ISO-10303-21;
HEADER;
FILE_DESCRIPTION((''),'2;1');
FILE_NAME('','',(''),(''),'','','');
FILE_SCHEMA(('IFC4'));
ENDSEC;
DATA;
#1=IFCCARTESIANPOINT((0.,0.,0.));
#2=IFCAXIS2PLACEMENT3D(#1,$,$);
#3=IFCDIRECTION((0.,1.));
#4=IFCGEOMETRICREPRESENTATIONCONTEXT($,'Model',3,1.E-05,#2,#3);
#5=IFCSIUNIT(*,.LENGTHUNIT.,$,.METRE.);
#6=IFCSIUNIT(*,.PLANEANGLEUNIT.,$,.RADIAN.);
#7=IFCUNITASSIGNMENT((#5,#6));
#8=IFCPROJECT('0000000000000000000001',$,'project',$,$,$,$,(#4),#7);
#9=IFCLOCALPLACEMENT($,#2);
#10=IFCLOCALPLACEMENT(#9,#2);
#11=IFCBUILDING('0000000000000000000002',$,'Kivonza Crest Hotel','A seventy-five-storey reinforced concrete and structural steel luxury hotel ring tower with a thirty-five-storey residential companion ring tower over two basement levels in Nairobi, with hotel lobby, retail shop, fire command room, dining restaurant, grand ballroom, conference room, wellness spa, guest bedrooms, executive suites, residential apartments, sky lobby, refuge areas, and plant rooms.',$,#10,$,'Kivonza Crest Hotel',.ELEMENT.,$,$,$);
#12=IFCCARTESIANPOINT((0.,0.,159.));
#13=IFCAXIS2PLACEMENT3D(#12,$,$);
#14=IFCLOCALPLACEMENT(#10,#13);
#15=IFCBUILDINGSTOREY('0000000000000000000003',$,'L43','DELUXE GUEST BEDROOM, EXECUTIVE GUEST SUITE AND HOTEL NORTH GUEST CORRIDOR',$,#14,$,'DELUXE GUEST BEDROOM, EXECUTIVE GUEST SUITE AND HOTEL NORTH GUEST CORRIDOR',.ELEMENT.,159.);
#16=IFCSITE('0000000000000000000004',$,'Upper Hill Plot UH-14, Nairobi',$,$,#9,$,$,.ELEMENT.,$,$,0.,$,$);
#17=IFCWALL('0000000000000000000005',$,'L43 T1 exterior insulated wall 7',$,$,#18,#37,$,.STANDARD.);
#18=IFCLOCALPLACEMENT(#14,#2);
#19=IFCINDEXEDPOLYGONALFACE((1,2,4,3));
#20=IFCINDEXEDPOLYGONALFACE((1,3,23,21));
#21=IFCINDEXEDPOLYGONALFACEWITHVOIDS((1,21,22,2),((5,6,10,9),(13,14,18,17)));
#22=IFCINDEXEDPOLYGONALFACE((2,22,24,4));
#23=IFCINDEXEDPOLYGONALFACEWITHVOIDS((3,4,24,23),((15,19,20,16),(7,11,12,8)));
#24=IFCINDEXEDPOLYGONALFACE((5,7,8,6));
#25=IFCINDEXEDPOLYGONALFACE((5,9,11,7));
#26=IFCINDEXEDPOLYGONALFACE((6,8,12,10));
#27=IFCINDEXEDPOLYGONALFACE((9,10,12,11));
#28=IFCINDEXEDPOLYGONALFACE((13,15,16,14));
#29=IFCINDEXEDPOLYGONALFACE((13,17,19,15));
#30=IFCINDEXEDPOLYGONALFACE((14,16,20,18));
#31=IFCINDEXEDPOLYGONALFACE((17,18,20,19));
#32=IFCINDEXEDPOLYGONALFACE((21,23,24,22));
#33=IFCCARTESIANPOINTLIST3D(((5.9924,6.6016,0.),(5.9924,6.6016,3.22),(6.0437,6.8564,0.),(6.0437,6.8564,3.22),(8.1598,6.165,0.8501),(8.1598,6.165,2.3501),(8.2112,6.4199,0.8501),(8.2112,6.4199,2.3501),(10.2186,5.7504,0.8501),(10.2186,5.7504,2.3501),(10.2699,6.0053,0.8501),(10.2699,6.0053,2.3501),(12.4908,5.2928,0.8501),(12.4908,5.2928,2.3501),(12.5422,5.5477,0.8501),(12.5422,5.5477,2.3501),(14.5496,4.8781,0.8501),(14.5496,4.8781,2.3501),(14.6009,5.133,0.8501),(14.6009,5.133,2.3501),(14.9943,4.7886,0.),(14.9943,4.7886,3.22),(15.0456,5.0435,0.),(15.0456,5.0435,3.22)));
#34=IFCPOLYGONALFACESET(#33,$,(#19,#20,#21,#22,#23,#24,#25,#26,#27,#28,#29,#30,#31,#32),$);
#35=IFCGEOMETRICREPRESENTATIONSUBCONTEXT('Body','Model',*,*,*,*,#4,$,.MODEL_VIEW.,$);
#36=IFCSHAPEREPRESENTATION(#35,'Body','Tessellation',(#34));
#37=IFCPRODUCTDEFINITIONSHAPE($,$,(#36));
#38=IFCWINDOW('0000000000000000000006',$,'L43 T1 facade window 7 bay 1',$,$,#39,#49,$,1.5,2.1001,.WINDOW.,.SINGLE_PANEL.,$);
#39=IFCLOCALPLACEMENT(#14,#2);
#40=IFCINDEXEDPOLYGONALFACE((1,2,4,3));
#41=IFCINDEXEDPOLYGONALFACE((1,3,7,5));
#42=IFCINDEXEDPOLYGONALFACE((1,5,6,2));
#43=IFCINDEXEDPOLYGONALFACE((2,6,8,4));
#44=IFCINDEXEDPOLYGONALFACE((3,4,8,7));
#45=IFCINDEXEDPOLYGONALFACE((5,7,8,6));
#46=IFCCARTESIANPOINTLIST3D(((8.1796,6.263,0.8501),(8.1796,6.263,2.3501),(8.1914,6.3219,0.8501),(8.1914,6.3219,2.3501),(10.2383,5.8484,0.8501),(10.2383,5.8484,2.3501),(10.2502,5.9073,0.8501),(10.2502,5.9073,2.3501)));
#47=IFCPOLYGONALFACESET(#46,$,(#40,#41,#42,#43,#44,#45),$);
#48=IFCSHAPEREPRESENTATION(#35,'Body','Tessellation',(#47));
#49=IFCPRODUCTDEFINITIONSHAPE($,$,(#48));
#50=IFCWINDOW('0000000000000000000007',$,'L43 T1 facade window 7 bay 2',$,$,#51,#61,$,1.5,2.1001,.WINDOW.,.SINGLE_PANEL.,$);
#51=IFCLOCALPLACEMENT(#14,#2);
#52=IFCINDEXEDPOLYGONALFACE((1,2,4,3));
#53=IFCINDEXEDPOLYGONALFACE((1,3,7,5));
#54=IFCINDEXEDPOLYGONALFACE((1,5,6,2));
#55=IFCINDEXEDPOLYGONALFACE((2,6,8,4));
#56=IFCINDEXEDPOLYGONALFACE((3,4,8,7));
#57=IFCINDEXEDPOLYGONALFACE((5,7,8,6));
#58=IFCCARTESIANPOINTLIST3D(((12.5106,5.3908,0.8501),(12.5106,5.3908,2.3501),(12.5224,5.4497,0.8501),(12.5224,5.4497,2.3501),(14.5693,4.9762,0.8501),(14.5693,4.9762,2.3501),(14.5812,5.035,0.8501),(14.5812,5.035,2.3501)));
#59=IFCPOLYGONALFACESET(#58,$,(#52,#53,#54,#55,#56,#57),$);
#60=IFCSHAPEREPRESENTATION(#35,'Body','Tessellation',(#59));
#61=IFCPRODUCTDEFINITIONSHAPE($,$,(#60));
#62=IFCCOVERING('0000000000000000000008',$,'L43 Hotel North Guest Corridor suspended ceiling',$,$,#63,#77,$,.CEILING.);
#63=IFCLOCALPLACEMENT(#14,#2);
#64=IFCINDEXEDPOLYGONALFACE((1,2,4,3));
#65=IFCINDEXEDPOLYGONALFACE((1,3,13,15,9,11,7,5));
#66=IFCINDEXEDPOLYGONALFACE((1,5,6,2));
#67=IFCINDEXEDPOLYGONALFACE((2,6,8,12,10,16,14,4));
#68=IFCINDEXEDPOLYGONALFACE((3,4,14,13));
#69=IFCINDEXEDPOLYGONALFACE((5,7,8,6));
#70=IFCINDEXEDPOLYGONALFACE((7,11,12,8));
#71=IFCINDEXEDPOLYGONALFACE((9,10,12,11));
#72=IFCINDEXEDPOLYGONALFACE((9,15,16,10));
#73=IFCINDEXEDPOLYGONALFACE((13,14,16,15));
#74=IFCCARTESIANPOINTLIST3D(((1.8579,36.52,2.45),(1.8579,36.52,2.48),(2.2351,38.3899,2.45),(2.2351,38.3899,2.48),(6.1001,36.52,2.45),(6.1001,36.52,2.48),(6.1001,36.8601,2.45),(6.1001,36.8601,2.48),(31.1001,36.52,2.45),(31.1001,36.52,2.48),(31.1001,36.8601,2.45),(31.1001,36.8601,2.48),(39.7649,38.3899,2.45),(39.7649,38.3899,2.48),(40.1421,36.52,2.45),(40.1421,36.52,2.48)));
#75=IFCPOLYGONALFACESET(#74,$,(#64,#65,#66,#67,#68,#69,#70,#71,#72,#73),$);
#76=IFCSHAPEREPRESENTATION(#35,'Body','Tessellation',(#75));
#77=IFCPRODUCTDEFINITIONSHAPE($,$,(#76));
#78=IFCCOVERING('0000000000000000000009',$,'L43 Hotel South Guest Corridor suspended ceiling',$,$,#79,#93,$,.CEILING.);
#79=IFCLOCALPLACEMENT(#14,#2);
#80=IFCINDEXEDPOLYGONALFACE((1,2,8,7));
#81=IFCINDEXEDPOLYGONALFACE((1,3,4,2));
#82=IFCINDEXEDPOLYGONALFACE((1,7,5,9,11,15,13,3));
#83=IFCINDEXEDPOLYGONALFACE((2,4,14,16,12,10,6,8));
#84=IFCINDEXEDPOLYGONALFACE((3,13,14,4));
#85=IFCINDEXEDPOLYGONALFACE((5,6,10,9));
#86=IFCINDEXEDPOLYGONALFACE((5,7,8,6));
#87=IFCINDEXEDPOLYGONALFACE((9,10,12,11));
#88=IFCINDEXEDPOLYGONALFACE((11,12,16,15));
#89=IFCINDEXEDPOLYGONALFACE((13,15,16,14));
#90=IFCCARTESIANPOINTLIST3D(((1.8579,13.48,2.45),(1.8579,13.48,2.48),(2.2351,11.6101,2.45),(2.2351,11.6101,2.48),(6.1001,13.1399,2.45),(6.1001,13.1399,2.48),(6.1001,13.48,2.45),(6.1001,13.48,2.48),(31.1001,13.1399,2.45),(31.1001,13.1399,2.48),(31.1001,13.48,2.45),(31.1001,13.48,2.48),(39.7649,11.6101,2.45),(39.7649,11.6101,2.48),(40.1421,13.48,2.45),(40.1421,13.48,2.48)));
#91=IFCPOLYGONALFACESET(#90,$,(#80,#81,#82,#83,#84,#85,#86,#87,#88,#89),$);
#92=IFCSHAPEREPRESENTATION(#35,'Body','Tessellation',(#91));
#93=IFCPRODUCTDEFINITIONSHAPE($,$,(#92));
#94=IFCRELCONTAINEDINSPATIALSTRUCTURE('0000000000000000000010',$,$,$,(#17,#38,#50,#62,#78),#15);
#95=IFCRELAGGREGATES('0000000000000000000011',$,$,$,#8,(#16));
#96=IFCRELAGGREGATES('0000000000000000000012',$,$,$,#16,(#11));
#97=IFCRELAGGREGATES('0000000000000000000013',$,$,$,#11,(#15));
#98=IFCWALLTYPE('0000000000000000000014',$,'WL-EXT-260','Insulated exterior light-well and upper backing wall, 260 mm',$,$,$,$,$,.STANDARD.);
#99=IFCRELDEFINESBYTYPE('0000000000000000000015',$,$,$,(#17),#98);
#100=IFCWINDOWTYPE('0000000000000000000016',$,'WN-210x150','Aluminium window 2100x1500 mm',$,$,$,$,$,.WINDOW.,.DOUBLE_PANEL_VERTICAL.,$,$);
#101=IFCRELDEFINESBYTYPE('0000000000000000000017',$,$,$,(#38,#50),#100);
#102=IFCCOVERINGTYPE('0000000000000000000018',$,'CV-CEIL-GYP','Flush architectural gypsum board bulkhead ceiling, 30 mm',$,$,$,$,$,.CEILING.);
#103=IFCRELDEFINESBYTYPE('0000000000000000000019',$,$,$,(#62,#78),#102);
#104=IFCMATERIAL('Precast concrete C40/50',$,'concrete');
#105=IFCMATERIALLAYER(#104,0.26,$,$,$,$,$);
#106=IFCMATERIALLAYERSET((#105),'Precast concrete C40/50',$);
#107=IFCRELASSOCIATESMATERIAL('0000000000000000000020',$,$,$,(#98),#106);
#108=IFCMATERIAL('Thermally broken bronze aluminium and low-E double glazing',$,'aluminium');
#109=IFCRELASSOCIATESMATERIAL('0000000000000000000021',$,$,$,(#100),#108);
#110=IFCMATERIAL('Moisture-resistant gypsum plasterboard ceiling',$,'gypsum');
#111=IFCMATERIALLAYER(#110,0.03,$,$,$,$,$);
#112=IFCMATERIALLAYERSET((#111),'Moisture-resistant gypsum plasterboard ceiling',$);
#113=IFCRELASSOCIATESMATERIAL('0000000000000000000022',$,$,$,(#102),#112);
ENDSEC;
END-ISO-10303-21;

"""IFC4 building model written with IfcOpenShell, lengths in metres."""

from ifc_helpers import new_model, si_unit, direction, frame, frame_2d, origin, place, context, subcontext, project, spatial, polyline, rectangle, outline, extrude, material, layer, layer_set, type_object, element, fill, save


model = new_model("IFC4")

# Units and contexts
model_context = context("Model", 3, precision=1e-05, world=origin(), true_north=direction((0.0, 1.0)))
body_context = subcontext(model_context, "Body", "Model", "MODEL_VIEW")
ifc_project = project(units=[si_unit("LENGTHUNIT", "METRE"), si_unit("PLANEANGLEUNIT", "RADIAN")], contexts=[model_context])

# Site, building, storey
site_placement = place(None, origin())
site = spatial("IfcSite", under=ifc_project, at=site_placement, Name="Upper Hill Plot UH-14, Nairobi", CompositionType="ELEMENT", RefElevation=0.0)
building_placement = place(site_placement, origin())
building = spatial("IfcBuilding", under=site, at=building_placement, Name="Kivonza Crest Hotel", Description="A seventy-five-storey reinforced concrete and structural steel luxury hotel ring tower with a thirty-five-storey residential companion ring tower over two basement levels in Nairobi, with hotel lobby, retail shop, fire command room, dining restaurant, grand ballroom, conference room, wellness spa, guest bedrooms, executive suites, residential apartments, sky lobby, refuge areas, and plant rooms.", LongName="Kivonza Crest Hotel", CompositionType="ELEMENT")
storey_placement = place(building_placement, frame((0.0, 0.0, 159.0)))
storey = spatial("IfcBuildingStorey", under=building, at=storey_placement, Name="L43", Description="DELUXE GUEST BEDROOM, EXECUTIVE GUEST SUITE AND HOTEL NORTH GUEST CORRIDOR", LongName="DELUXE GUEST BEDROOM, EXECUTIVE GUEST SUITE AND HOTEL NORTH GUEST CORRIDOR", CompositionType="ELEMENT", Elevation=159.0)

# Shared definitions
ifc_material_1 = material(Name="Precast concrete C40/50", Category="concrete")
ifc_layer_1 = layer(ifc_material_1, 0.26)
ifc_layer_set_1 = layer_set([ifc_layer_1], Name="Precast concrete C40/50")
wall_type_1 = type_object("IfcWallType", Name="WL-EXT-260", Description="Insulated exterior light-well and upper backing wall, 260 mm", PredefinedType="STANDARD", material=ifc_layer_set_1)

# Shared definitions
ifc_material_2 = material(Name="Thermally broken bronze aluminium and low-E double glazing", Category="aluminium")

# Wall, openings, windows
wall_1_placement = place(storey_placement, frame((6.0181, 6.729, 0.0), z_axis=(0.0, 0.0, 1.0), x_axis=(0.980316, -0.197435, 0.0)))
wall_1 = element("IfcWall", 1, at=wall_1_placement, inside=storey, type_object=wall_type_1, Name="L43 T1 exterior insulated wall 7", PredefinedType="STANDARD", context=body_context, shape_type="SweptSolid", body=[
    extrude(rectangle(XDim=9.1826, YDim=0.26, at=frame_2d((4.5913, 0.0))), origin(), (0.0, 0.0, 1.0), 3.22),
])
opening_1_placement = place(wall_1_placement, frame((2.2109, 0.0, 0.8501)))
opening_1 = element("IfcOpeningElement", 2, at=opening_1_placement, cuts=wall_1, PredefinedType="OPENING", context=body_context, shape_type="SweptSolid", body=[
    extrude(rectangle(XDim=2.1001, YDim=1.5, at=frame_2d((1.05, 0.75))), frame((0.0, 0.1401, 0.0), z_axis=(0.0, -1.0, 0.0), x_axis=(1.0, 0.0, 0.0)), (0.0, 0.0, 1.0), 0.28),
])
opening_2_placement = place(wall_1_placement, frame((6.6289, 0.0, 0.8501)))
opening_2 = element("IfcOpeningElement", 3, at=opening_2_placement, cuts=wall_1, PredefinedType="OPENING", context=body_context, shape_type="SweptSolid", body=[
    extrude(rectangle(XDim=2.1001, YDim=1.5, at=frame_2d((1.05, 0.75))), frame((0.0, 0.1401, 0.0), z_axis=(0.0, -1.0, 0.0), x_axis=(1.0, 0.0, 0.0)), (0.0, 0.0, 1.0), 0.28),
])
window_type_1 = type_object("IfcWindowType", Name="WN-210x150", Description="Aluminium window 2100x1500 mm", PartitioningType="DOUBLE_PANEL_VERTICAL", PredefinedType="WINDOW", material=ifc_material_2)
window_1_placement = place(opening_1_placement, origin())
window_1 = element("IfcWindow", 4, at=window_1_placement, inside=storey, type_object=window_type_1, Name="L43 T1 facade window 7 bay 1", OverallHeight=1.5, OverallWidth=2.1001, PartitioningType="SINGLE_PANEL", PredefinedType="WINDOW", context=body_context, shape_type="SweptSolid", body=[
    extrude(rectangle(XDim=2.1001, YDim=1.5, at=frame_2d((1.05, 0.75))), frame((0.0, 0.03, 0.0), z_axis=(0.0, -1.0, 0.0), x_axis=(1.0, 0.0, 0.0)), (0.0, 0.0, 1.0), 0.0601),
])
fill(opening_1, window_1)
window_2_placement = place(opening_2_placement, origin())
window_2 = element("IfcWindow", 5, at=window_2_placement, inside=storey, type_object=window_type_1, Name="L43 T1 facade window 7 bay 2", OverallHeight=1.5, OverallWidth=2.1001, PartitioningType="SINGLE_PANEL", PredefinedType="WINDOW", context=body_context, shape_type="SweptSolid", body=[
    extrude(rectangle(XDim=2.1001, YDim=1.5, at=frame_2d((1.05, 0.75))), frame((0.0, 0.03, 0.0), z_axis=(0.0, -1.0, 0.0), x_axis=(1.0, 0.0, 0.0)), (0.0, 0.0, 1.0), 0.0601),
])
fill(opening_2, window_2)

# Coverings
ifc_material_3 = material(Name="Moisture-resistant gypsum plasterboard ceiling", Category="gypsum")
ifc_layer_2 = layer(ifc_material_3, 0.03)
ifc_layer_set_2 = layer_set([ifc_layer_2], Name="Moisture-resistant gypsum plasterboard ceiling")
covering_type = type_object("IfcCoveringType", Name="CV-CEIL-GYP", Description="Flush architectural gypsum board bulkhead ceiling, 30 mm", PredefinedType="CEILING", material=ifc_layer_set_2)
covering_1_placement = place(storey_placement, frame((0.0, 0.0, 2.45)))
element("IfcCovering", 6, at=covering_1_placement, inside=storey, type_object=covering_type, Name="L43 Hotel North Guest Corridor suspended ceiling", PredefinedType="CEILING", context=body_context, shape_type="SweptSolid", body=[
    extrude(outline(polyline([(2.2351, 38.3899), (1.8579, 36.52), (6.1001, 36.52), (6.1001, 36.8601), (31.1001, 36.8601), (31.1001, 36.52), (40.1421, 36.52), (39.7649, 38.3899), (2.2351, 38.3899)])), origin(), (0.0, 0.0, 1.0), 0.03),
])
covering_2_placement = place(storey_placement, frame((0.0, 0.0, 2.45)))
element("IfcCovering", 7, at=covering_2_placement, inside=storey, type_object=covering_type, Name="L43 Hotel South Guest Corridor suspended ceiling", PredefinedType="CEILING", context=body_context, shape_type="SweptSolid", body=[
    extrude(outline(polyline([(1.8579, 13.48), (2.2351, 11.6101), (39.7649, 11.6101), (40.1421, 13.48), (31.1001, 13.48), (31.1001, 13.1399), (6.1001, 13.1399), (6.1001, 13.48), (1.8579, 13.48)])), origin(), (0.0, 0.0, 1.0), 0.03),
])

save(model, "model.ifc")
